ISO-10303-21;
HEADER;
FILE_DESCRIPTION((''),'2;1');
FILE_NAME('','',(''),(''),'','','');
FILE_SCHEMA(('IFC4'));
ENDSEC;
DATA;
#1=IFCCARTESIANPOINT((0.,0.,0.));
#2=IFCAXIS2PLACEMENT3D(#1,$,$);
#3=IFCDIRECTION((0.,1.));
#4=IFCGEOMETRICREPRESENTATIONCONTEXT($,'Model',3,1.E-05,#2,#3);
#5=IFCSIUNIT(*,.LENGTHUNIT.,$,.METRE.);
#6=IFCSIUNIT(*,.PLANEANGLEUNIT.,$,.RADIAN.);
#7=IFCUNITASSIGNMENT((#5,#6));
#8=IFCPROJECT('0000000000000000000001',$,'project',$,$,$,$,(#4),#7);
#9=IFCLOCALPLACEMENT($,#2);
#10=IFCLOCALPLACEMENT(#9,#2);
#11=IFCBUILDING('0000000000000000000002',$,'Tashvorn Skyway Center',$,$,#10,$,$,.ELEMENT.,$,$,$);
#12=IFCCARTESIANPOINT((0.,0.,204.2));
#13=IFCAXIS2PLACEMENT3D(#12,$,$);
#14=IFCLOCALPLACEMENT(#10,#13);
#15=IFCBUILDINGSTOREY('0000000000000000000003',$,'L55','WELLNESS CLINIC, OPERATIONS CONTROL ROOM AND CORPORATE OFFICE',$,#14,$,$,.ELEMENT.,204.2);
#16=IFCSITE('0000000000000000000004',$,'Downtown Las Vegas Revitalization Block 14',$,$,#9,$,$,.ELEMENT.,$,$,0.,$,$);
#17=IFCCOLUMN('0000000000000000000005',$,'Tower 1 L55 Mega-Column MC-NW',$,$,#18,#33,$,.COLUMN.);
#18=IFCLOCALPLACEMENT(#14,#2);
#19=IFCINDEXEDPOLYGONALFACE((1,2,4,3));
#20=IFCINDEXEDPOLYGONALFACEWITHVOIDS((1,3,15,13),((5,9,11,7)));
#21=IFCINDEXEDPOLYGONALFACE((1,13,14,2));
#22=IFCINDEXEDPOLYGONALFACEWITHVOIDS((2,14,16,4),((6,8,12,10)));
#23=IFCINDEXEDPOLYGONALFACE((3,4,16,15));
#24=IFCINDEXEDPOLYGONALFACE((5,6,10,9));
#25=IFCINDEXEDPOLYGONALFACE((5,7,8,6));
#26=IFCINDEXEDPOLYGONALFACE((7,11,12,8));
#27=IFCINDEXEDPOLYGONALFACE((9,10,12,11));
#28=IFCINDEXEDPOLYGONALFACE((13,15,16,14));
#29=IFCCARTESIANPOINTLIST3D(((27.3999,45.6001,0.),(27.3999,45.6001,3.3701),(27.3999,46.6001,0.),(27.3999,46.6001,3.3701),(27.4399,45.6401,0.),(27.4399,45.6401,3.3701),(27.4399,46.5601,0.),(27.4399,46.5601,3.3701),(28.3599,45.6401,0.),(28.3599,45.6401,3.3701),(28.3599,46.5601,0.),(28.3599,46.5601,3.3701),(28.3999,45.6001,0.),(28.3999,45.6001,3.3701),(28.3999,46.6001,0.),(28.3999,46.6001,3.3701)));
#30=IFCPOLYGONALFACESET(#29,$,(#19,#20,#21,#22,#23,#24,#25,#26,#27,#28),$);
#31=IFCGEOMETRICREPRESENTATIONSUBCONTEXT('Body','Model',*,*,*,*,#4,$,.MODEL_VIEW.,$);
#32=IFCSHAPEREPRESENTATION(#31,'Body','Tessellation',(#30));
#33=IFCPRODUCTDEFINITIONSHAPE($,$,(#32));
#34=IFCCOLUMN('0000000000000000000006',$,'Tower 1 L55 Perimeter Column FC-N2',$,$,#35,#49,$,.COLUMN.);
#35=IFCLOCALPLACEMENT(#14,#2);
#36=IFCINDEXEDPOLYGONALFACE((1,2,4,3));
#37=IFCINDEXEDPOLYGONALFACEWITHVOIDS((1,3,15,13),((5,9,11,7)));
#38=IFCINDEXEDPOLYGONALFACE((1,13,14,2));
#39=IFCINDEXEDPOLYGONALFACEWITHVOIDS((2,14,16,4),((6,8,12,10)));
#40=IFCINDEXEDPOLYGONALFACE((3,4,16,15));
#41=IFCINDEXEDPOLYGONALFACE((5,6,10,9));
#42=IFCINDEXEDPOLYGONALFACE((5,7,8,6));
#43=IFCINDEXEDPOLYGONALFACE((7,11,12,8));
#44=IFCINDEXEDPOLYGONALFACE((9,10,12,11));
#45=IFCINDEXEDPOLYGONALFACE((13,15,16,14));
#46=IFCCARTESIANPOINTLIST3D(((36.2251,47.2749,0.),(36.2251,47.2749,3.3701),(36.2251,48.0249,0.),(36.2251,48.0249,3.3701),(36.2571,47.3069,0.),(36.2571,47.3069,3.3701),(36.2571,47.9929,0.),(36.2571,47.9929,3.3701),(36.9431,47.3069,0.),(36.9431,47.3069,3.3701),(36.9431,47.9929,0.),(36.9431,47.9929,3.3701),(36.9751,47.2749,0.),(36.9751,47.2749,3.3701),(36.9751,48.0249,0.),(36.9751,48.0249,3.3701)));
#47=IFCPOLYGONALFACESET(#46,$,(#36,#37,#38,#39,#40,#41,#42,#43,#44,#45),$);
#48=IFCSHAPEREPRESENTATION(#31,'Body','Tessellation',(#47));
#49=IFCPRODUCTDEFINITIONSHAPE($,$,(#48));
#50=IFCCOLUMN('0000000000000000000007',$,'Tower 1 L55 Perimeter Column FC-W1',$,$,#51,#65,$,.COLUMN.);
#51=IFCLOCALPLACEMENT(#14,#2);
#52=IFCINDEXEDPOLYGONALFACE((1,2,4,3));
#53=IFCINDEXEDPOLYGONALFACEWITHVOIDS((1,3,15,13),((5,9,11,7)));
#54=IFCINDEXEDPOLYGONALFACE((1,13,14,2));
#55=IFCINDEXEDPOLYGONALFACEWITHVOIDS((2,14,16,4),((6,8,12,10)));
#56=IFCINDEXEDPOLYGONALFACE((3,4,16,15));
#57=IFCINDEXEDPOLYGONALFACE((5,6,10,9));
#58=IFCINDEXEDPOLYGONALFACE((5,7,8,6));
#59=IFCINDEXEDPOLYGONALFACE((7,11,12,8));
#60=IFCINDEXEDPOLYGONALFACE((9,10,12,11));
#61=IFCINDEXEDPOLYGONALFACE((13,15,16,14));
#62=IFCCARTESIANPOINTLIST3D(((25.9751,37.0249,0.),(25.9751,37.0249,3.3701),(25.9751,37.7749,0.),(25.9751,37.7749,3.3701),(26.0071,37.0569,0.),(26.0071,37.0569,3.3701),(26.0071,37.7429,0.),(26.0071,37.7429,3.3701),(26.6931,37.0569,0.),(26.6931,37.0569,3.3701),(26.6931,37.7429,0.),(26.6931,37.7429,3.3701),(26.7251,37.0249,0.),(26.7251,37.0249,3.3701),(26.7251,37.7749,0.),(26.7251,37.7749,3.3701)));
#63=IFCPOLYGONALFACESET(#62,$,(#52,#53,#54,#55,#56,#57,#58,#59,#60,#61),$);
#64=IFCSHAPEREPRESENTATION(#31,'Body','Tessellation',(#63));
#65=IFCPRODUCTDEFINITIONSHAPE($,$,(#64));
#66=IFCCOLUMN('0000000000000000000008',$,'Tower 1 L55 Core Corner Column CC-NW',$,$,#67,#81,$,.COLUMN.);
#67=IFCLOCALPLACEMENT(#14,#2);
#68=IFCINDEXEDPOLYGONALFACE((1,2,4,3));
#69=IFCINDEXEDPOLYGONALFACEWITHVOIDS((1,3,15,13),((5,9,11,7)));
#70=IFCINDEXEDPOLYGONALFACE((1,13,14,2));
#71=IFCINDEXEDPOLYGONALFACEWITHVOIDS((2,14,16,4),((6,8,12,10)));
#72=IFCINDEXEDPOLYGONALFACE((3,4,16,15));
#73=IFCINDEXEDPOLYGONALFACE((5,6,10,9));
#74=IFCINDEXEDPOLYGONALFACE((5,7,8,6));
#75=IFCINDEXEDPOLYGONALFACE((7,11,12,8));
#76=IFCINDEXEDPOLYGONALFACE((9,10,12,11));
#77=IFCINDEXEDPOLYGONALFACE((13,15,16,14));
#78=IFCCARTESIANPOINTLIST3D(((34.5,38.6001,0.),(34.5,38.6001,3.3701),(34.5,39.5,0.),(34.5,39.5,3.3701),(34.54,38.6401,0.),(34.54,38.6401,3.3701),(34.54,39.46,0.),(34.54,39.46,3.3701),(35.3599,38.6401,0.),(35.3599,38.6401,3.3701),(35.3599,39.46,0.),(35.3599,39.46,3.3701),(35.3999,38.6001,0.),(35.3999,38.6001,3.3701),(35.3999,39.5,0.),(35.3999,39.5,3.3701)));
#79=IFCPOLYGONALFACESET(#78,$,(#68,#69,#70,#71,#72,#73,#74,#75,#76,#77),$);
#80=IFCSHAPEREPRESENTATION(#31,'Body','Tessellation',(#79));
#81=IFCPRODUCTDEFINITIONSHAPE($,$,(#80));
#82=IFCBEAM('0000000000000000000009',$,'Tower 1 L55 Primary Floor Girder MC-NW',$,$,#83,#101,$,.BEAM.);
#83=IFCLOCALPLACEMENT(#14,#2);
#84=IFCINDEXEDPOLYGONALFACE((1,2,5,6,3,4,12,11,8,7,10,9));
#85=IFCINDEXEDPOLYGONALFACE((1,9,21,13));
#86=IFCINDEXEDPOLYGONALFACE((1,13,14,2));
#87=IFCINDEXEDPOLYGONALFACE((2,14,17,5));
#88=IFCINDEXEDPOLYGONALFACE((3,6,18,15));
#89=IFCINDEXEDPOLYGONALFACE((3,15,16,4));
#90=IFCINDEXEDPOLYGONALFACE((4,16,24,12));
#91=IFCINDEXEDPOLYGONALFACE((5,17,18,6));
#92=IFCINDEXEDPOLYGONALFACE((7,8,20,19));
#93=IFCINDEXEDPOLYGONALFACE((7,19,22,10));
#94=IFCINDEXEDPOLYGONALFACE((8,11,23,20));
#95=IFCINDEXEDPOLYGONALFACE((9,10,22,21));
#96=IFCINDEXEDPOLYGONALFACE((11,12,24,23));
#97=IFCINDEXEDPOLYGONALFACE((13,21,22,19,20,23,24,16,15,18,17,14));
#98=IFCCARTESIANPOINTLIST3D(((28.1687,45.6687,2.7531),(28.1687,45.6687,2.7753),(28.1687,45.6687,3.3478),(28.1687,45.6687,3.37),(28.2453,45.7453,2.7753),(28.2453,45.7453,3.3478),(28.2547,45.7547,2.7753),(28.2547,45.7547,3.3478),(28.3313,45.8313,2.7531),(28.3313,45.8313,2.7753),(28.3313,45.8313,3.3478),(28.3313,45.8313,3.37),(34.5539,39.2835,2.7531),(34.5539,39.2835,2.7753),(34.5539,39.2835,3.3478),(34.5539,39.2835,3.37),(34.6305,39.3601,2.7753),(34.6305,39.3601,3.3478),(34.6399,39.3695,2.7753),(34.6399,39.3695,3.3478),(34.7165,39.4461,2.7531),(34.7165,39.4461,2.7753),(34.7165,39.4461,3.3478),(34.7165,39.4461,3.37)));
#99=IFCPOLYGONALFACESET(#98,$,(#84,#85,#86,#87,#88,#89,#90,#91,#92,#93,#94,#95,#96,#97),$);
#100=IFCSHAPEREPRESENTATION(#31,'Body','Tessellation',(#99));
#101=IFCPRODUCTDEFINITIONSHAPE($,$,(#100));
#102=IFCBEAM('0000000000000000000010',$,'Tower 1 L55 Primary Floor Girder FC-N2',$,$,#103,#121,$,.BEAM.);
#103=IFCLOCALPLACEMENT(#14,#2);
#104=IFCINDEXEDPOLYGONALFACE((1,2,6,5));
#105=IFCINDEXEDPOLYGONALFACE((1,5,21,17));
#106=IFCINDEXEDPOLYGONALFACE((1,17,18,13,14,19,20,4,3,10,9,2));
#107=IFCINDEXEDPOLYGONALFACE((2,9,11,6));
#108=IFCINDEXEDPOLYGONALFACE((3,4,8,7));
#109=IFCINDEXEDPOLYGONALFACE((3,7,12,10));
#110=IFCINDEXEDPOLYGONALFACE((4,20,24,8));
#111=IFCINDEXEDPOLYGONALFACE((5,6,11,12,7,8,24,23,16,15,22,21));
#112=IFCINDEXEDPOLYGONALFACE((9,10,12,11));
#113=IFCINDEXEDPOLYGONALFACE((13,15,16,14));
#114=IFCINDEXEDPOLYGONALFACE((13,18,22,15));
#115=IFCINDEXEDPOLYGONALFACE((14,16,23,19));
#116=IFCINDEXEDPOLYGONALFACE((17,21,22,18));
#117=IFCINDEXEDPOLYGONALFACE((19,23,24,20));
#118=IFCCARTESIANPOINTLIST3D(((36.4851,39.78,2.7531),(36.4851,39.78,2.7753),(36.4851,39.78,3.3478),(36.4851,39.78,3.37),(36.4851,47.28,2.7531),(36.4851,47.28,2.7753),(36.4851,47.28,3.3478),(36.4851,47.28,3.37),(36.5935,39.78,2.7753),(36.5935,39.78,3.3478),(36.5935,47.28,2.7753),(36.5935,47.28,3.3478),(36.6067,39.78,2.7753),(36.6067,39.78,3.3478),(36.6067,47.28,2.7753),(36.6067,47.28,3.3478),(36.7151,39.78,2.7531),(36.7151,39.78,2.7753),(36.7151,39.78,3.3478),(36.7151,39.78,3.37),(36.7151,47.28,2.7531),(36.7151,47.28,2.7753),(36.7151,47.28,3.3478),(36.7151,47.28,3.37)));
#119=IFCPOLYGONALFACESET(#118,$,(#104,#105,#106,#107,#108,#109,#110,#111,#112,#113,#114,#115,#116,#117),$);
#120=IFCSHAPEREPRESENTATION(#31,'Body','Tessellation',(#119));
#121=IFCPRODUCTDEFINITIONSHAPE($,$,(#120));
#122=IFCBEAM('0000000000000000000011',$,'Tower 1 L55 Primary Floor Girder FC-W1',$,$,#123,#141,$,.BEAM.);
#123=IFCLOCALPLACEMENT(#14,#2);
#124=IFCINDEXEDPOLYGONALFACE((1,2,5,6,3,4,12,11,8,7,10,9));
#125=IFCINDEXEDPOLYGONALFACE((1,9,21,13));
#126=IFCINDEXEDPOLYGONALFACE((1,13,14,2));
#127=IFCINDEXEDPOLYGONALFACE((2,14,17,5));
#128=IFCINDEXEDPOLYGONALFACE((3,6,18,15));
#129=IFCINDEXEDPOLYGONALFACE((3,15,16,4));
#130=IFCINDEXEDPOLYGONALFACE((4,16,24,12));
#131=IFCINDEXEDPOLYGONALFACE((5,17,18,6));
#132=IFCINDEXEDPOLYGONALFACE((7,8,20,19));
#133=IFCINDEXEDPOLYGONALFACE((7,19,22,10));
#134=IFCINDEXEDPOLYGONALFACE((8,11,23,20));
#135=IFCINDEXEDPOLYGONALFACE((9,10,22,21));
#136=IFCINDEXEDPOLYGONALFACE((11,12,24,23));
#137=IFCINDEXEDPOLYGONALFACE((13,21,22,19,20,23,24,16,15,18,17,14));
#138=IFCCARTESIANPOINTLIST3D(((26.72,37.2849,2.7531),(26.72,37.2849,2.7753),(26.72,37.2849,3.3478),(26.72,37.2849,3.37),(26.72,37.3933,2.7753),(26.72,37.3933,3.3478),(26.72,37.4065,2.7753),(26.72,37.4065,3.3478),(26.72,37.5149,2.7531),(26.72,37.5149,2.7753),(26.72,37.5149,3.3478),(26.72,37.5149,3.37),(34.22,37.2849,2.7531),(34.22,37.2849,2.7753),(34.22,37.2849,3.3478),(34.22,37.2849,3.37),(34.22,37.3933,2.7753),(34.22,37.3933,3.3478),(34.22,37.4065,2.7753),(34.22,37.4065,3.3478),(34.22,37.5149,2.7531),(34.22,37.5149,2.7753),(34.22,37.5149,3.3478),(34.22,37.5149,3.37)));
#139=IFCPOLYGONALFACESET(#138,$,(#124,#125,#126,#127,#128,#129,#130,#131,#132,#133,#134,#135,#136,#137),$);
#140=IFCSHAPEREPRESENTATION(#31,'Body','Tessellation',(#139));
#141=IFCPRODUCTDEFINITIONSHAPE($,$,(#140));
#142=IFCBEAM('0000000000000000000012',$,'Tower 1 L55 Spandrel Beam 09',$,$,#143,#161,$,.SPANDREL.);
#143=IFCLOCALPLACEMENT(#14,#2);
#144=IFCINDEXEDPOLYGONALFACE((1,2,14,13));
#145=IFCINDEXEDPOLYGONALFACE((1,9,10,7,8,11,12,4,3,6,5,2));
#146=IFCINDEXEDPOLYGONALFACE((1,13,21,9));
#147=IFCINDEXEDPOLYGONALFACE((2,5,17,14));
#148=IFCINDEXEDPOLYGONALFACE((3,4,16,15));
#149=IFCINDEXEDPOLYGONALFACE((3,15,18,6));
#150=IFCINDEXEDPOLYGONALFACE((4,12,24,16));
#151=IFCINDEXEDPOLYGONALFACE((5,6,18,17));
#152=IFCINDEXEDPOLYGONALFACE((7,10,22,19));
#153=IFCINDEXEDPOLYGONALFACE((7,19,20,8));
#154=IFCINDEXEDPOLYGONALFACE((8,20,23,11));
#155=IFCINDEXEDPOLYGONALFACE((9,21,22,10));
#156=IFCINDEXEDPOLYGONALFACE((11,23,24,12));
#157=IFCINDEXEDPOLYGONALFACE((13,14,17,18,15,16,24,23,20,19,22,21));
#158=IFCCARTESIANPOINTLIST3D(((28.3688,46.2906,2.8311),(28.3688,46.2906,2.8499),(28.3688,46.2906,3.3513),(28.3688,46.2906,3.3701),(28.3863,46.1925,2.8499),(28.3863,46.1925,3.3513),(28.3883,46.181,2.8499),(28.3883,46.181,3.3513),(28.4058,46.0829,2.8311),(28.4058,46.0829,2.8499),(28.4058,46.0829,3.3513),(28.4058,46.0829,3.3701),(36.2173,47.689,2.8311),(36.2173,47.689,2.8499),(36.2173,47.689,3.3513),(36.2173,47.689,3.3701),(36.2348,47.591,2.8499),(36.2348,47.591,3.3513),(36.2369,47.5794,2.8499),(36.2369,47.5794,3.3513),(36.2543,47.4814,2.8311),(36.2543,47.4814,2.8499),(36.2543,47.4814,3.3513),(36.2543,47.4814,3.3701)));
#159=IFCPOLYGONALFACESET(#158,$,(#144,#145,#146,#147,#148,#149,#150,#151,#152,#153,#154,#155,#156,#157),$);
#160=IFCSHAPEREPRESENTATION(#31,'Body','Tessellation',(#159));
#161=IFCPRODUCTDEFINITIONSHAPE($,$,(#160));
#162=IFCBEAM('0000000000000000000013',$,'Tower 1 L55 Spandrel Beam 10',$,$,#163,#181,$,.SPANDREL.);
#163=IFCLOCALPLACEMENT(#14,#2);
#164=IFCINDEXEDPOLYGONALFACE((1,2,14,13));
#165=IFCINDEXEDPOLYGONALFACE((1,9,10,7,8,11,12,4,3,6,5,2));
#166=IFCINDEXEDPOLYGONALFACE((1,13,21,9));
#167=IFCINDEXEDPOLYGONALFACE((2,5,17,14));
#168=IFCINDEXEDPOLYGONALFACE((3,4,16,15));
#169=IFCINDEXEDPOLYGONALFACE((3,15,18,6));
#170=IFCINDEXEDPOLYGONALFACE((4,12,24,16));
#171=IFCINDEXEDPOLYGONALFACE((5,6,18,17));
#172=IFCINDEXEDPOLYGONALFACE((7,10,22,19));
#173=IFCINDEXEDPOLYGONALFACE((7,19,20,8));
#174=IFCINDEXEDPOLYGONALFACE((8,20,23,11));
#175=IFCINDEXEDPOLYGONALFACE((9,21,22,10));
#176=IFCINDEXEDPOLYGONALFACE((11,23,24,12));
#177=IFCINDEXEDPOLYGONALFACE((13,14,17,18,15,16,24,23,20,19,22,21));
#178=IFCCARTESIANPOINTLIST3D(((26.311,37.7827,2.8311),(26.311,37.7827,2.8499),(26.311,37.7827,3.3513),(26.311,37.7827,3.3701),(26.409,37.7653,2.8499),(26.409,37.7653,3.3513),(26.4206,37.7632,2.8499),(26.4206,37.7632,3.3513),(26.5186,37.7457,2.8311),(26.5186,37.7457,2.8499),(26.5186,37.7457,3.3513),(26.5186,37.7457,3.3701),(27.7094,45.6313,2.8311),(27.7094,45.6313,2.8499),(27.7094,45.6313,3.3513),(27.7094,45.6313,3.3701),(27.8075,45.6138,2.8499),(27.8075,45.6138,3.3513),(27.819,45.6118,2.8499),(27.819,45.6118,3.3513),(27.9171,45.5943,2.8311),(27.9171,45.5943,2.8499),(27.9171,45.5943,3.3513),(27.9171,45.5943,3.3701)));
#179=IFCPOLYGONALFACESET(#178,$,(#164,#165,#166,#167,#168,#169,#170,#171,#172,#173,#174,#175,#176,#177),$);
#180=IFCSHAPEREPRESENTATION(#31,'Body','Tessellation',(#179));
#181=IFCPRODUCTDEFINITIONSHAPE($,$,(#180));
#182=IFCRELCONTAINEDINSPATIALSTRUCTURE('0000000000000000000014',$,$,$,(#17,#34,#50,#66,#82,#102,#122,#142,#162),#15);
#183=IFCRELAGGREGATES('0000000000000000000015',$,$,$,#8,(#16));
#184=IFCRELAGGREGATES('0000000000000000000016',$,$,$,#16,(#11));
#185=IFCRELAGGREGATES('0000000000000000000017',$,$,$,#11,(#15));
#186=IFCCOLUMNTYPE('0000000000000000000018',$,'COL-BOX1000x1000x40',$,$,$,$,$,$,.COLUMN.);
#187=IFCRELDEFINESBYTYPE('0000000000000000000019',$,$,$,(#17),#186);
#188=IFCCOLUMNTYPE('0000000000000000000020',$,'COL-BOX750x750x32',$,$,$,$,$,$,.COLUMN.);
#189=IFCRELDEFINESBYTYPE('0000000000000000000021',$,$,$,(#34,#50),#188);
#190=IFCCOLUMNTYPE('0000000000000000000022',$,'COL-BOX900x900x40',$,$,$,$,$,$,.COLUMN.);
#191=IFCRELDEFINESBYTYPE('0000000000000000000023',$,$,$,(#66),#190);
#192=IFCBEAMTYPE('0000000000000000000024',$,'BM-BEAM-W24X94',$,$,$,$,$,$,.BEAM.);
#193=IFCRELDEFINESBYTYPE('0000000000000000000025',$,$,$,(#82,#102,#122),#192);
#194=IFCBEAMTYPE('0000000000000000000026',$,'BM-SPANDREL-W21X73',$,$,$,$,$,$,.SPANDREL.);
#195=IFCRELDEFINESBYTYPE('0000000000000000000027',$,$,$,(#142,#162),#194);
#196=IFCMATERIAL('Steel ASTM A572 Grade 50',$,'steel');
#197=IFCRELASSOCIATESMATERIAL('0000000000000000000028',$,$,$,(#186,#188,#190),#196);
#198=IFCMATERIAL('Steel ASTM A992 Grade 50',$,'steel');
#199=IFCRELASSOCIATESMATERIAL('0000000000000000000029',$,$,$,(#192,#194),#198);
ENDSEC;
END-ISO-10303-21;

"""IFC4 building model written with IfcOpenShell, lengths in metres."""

from ifc_helpers import new_model, si_unit, direction, frame, origin, origin_2d, place, context, subcontext, project, spatial, hollow_rectangle, i_section, extrude, material, material_profile, profile_set, type_object, element, save


model = new_model("IFC4")

# Units and contexts
model_context = context("Model", 3, precision=1e-05, world=origin(), true_north=direction((0.0, 1.0)))
body_context = subcontext(model_context, "Body", "Model", "MODEL_VIEW")
ifc_project = project(units=[si_unit("LENGTHUNIT", "METRE"), si_unit("PLANEANGLEUNIT", "RADIAN")], contexts=[model_context])

# Site, building, storey
site_placement = place(None, origin())
site = spatial("IfcSite", under=ifc_project, at=site_placement, Name="Downtown Las Vegas Revitalization Block 14", CompositionType="ELEMENT", RefElevation=0.0)
building_placement = place(site_placement, origin())
building = spatial("IfcBuilding", under=site, at=building_placement, Name="Tashvorn Skyway Center", CompositionType="ELEMENT")
storey_placement = place(building_placement, frame((0.0, 0.0, 204.2)))
storey = spatial("IfcBuildingStorey", under=building, at=storey_placement, Name="L55", Description="WELLNESS CLINIC, OPERATIONS CONTROL ROOM AND CORPORATE OFFICE", CompositionType="ELEMENT", Elevation=204.2)

# Columns
ifc_material_1 = material(Name="Steel ASTM A572 Grade 50", Category="steel")
ifc_material_profile_1 = material_profile(ifc_material_1, hollow_rectangle(XDim=1.0, YDim=1.0, WallThickness=0.04, at=origin_2d()), Name="BOX1000x1000x40")
ifc_profile_set_1 = profile_set([ifc_material_profile_1], Name="Steel ASTM A572 Grade 50")
column_type_1 = type_object("IfcColumnType", Name="COL-BOX1000x1000x40", PredefinedType="COLUMN", material=ifc_profile_set_1)
column_1_placement = place(storey_placement, frame((27.8999, 46.1001, 0.0), z_axis=(0.0, 0.0, 1.0), x_axis=(1.0, 0.0, 0.0)))
element("IfcColumn", 1, at=column_1_placement, inside=storey, type_object=column_type_1, Name="Tower 1 L55 Mega-Column MC-NW", PredefinedType="COLUMN", context=body_context, shape_type="SweptSolid", body=[
    extrude(hollow_rectangle(XDim=1.0, YDim=1.0, WallThickness=0.04, at=origin_2d()), origin(), (0.0, 0.0, 1.0), 3.3701),
])
ifc_material_profile_2 = material_profile(ifc_material_1, hollow_rectangle(XDim=0.75, YDim=0.75, WallThickness=0.032, at=origin_2d()), Name="BOX750x750x32")
ifc_profile_set_2 = profile_set([ifc_material_profile_2], Name="Steel ASTM A572 Grade 50")
column_type_2 = type_object("IfcColumnType", Name="COL-BOX750x750x32", PredefinedType="COLUMN", material=ifc_profile_set_2)
for number, where, z_axis, x_axis, name in (
    (2, (36.6001, 47.6499, 0.0), (0.0, 0.0, 1.0), (1.0, 0.0, 0.0), "Tower 1 L55 Perimeter Column FC-N2"),
    (3, (26.3501, 37.3999, 0.0), (0.0, 0.0, 1.0), (1.0, 0.0, 0.0), "Tower 1 L55 Perimeter Column FC-W1"),
):
    element("IfcColumn", number, at=place(storey_placement, frame(where, z_axis=z_axis, x_axis=x_axis)), inside=storey, type_object=column_type_2, Name=name, PredefinedType="COLUMN", context=body_context, shape_type="SweptSolid", body=[
        extrude(hollow_rectangle(XDim=0.75, YDim=0.75, WallThickness=0.032, at=origin_2d()), origin(), (0.0, 0.0, 1.0), 3.3701),
    ])
ifc_material_profile_3 = material_profile(ifc_material_1, hollow_rectangle(XDim=0.8999, YDim=0.8999, WallThickness=0.04, at=origin_2d()), Name="BOX900x900x40")
ifc_profile_set_3 = profile_set([ifc_material_profile_3], Name="Steel ASTM A572 Grade 50")
column_type_3 = type_object("IfcColumnType", Name="COL-BOX900x900x40", PredefinedType="COLUMN", material=ifc_profile_set_3)
column_2_placement = place(storey_placement, frame((34.95, 39.05, 0.0), z_axis=(0.0, 0.0, 1.0), x_axis=(1.0, 0.0, 0.0)))
element("IfcColumn", 4, at=column_2_placement, inside=storey, type_object=column_type_3, Name="Tower 1 L55 Core Corner Column CC-NW", PredefinedType="COLUMN", context=body_context, shape_type="SweptSolid", body=[
    extrude(hollow_rectangle(XDim=0.8999, YDim=0.8999, WallThickness=0.04, at=origin_2d()), origin(), (0.0, 0.0, 1.0), 3.3701),
])

# Beams
ifc_material_2 = material(Name="Steel ASTM A992 Grade 50", Category="steel")
ifc_material_profile_4 = material_profile(ifc_material_2, i_section(OverallWidth=0.23, OverallDepth=0.6169, WebThickness=0.0132, FlangeThickness=0.0222, at=origin_2d()), Name="W24X94")
ifc_profile_set_4 = profile_set([ifc_material_profile_4], Name="Steel ASTM A992 Grade 50")
beam_type_1 = type_object("IfcBeamType", Name="BM-BEAM-W24X94", PredefinedType="BEAM", material=ifc_profile_set_4)
beam_1_placement = place(storey_placement, frame((28.25, 45.75, 3.0615), z_axis=(0.707107, -0.707107, 0.0), x_axis=(0.707107, 0.707107, 0.0)))
element("IfcBeam", 5, at=beam_1_placement, inside=storey, type_object=beam_type_1, Name="Tower 1 L55 Primary Floor Girder MC-NW", PredefinedType="BEAM", context=body_context, shape_type="SweptSolid", body=[
    extrude(i_section(OverallWidth=0.23, OverallDepth=0.6169, WebThickness=0.0132, FlangeThickness=0.0222, at=origin_2d()), origin(), (0.0, 0.0, 1.0), 9.03),
])
for number, where, z_axis, x_axis, name in (
    (6, (36.6001, 47.28, 3.0615), (0.0, -1.0, 0.0), (1.0, 0.0, 0.0), "Tower 1 L55 Primary Floor Girder FC-N2"),
    (7, (26.72, 37.3999, 3.0615), (1.0, 0.0, 0.0), (0.0, 1.0, 0.0), "Tower 1 L55 Primary Floor Girder FC-W1"),
):
    element("IfcBeam", number, at=place(storey_placement, frame(where, z_axis=z_axis, x_axis=x_axis)), inside=storey, type_object=beam_type_1, Name=name, PredefinedType="BEAM", context=body_context, shape_type="SweptSolid", body=[
        extrude(i_section(OverallWidth=0.23, OverallDepth=0.6169, WebThickness=0.0132, FlangeThickness=0.0222, at=origin_2d()), origin(), (0.0, 0.0, 1.0), 7.5),
    ])
ifc_material_profile_5 = material_profile(ifc_material_2, i_section(OverallWidth=0.2109, OverallDepth=0.5391, WebThickness=0.0117, FlangeThickness=0.0188, at=origin_2d()), Name="W21X73")
ifc_profile_set_5 = profile_set([ifc_material_profile_5], Name="Steel ASTM A992 Grade 50")
beam_type_2 = type_object("IfcBeamType", Name="BM-SPANDREL-W21X73", PredefinedType="SPANDREL", material=ifc_profile_set_5)
for number, where, z_axis, x_axis, name in (
    (8, (36.2358, 47.5852, 3.1006), (-0.984495, -0.175413, 0.0), (0.175413, -0.984495, 0.0), "Tower 1 L55 Spandrel Beam 09"),
    (9, (27.8132, 45.6128, 3.1006), (-0.175413, -0.984495, 0.0), (0.984495, -0.175413, 0.0), "Tower 1 L55 Spandrel Beam 10"),
):
    element("IfcBeam", number, at=place(storey_placement, frame(where, z_axis=z_axis, x_axis=x_axis)), inside=storey, type_object=beam_type_2, Name=name, PredefinedType="SPANDREL", context=body_context, shape_type="SweptSolid", body=[
        extrude(i_section(OverallWidth=0.2109, OverallDepth=0.5391, WebThickness=0.0117, FlangeThickness=0.0188, at=origin_2d()), origin(), (0.0, 0.0, 1.0), 7.9722),
    ])

save(model, "model.ifc")
